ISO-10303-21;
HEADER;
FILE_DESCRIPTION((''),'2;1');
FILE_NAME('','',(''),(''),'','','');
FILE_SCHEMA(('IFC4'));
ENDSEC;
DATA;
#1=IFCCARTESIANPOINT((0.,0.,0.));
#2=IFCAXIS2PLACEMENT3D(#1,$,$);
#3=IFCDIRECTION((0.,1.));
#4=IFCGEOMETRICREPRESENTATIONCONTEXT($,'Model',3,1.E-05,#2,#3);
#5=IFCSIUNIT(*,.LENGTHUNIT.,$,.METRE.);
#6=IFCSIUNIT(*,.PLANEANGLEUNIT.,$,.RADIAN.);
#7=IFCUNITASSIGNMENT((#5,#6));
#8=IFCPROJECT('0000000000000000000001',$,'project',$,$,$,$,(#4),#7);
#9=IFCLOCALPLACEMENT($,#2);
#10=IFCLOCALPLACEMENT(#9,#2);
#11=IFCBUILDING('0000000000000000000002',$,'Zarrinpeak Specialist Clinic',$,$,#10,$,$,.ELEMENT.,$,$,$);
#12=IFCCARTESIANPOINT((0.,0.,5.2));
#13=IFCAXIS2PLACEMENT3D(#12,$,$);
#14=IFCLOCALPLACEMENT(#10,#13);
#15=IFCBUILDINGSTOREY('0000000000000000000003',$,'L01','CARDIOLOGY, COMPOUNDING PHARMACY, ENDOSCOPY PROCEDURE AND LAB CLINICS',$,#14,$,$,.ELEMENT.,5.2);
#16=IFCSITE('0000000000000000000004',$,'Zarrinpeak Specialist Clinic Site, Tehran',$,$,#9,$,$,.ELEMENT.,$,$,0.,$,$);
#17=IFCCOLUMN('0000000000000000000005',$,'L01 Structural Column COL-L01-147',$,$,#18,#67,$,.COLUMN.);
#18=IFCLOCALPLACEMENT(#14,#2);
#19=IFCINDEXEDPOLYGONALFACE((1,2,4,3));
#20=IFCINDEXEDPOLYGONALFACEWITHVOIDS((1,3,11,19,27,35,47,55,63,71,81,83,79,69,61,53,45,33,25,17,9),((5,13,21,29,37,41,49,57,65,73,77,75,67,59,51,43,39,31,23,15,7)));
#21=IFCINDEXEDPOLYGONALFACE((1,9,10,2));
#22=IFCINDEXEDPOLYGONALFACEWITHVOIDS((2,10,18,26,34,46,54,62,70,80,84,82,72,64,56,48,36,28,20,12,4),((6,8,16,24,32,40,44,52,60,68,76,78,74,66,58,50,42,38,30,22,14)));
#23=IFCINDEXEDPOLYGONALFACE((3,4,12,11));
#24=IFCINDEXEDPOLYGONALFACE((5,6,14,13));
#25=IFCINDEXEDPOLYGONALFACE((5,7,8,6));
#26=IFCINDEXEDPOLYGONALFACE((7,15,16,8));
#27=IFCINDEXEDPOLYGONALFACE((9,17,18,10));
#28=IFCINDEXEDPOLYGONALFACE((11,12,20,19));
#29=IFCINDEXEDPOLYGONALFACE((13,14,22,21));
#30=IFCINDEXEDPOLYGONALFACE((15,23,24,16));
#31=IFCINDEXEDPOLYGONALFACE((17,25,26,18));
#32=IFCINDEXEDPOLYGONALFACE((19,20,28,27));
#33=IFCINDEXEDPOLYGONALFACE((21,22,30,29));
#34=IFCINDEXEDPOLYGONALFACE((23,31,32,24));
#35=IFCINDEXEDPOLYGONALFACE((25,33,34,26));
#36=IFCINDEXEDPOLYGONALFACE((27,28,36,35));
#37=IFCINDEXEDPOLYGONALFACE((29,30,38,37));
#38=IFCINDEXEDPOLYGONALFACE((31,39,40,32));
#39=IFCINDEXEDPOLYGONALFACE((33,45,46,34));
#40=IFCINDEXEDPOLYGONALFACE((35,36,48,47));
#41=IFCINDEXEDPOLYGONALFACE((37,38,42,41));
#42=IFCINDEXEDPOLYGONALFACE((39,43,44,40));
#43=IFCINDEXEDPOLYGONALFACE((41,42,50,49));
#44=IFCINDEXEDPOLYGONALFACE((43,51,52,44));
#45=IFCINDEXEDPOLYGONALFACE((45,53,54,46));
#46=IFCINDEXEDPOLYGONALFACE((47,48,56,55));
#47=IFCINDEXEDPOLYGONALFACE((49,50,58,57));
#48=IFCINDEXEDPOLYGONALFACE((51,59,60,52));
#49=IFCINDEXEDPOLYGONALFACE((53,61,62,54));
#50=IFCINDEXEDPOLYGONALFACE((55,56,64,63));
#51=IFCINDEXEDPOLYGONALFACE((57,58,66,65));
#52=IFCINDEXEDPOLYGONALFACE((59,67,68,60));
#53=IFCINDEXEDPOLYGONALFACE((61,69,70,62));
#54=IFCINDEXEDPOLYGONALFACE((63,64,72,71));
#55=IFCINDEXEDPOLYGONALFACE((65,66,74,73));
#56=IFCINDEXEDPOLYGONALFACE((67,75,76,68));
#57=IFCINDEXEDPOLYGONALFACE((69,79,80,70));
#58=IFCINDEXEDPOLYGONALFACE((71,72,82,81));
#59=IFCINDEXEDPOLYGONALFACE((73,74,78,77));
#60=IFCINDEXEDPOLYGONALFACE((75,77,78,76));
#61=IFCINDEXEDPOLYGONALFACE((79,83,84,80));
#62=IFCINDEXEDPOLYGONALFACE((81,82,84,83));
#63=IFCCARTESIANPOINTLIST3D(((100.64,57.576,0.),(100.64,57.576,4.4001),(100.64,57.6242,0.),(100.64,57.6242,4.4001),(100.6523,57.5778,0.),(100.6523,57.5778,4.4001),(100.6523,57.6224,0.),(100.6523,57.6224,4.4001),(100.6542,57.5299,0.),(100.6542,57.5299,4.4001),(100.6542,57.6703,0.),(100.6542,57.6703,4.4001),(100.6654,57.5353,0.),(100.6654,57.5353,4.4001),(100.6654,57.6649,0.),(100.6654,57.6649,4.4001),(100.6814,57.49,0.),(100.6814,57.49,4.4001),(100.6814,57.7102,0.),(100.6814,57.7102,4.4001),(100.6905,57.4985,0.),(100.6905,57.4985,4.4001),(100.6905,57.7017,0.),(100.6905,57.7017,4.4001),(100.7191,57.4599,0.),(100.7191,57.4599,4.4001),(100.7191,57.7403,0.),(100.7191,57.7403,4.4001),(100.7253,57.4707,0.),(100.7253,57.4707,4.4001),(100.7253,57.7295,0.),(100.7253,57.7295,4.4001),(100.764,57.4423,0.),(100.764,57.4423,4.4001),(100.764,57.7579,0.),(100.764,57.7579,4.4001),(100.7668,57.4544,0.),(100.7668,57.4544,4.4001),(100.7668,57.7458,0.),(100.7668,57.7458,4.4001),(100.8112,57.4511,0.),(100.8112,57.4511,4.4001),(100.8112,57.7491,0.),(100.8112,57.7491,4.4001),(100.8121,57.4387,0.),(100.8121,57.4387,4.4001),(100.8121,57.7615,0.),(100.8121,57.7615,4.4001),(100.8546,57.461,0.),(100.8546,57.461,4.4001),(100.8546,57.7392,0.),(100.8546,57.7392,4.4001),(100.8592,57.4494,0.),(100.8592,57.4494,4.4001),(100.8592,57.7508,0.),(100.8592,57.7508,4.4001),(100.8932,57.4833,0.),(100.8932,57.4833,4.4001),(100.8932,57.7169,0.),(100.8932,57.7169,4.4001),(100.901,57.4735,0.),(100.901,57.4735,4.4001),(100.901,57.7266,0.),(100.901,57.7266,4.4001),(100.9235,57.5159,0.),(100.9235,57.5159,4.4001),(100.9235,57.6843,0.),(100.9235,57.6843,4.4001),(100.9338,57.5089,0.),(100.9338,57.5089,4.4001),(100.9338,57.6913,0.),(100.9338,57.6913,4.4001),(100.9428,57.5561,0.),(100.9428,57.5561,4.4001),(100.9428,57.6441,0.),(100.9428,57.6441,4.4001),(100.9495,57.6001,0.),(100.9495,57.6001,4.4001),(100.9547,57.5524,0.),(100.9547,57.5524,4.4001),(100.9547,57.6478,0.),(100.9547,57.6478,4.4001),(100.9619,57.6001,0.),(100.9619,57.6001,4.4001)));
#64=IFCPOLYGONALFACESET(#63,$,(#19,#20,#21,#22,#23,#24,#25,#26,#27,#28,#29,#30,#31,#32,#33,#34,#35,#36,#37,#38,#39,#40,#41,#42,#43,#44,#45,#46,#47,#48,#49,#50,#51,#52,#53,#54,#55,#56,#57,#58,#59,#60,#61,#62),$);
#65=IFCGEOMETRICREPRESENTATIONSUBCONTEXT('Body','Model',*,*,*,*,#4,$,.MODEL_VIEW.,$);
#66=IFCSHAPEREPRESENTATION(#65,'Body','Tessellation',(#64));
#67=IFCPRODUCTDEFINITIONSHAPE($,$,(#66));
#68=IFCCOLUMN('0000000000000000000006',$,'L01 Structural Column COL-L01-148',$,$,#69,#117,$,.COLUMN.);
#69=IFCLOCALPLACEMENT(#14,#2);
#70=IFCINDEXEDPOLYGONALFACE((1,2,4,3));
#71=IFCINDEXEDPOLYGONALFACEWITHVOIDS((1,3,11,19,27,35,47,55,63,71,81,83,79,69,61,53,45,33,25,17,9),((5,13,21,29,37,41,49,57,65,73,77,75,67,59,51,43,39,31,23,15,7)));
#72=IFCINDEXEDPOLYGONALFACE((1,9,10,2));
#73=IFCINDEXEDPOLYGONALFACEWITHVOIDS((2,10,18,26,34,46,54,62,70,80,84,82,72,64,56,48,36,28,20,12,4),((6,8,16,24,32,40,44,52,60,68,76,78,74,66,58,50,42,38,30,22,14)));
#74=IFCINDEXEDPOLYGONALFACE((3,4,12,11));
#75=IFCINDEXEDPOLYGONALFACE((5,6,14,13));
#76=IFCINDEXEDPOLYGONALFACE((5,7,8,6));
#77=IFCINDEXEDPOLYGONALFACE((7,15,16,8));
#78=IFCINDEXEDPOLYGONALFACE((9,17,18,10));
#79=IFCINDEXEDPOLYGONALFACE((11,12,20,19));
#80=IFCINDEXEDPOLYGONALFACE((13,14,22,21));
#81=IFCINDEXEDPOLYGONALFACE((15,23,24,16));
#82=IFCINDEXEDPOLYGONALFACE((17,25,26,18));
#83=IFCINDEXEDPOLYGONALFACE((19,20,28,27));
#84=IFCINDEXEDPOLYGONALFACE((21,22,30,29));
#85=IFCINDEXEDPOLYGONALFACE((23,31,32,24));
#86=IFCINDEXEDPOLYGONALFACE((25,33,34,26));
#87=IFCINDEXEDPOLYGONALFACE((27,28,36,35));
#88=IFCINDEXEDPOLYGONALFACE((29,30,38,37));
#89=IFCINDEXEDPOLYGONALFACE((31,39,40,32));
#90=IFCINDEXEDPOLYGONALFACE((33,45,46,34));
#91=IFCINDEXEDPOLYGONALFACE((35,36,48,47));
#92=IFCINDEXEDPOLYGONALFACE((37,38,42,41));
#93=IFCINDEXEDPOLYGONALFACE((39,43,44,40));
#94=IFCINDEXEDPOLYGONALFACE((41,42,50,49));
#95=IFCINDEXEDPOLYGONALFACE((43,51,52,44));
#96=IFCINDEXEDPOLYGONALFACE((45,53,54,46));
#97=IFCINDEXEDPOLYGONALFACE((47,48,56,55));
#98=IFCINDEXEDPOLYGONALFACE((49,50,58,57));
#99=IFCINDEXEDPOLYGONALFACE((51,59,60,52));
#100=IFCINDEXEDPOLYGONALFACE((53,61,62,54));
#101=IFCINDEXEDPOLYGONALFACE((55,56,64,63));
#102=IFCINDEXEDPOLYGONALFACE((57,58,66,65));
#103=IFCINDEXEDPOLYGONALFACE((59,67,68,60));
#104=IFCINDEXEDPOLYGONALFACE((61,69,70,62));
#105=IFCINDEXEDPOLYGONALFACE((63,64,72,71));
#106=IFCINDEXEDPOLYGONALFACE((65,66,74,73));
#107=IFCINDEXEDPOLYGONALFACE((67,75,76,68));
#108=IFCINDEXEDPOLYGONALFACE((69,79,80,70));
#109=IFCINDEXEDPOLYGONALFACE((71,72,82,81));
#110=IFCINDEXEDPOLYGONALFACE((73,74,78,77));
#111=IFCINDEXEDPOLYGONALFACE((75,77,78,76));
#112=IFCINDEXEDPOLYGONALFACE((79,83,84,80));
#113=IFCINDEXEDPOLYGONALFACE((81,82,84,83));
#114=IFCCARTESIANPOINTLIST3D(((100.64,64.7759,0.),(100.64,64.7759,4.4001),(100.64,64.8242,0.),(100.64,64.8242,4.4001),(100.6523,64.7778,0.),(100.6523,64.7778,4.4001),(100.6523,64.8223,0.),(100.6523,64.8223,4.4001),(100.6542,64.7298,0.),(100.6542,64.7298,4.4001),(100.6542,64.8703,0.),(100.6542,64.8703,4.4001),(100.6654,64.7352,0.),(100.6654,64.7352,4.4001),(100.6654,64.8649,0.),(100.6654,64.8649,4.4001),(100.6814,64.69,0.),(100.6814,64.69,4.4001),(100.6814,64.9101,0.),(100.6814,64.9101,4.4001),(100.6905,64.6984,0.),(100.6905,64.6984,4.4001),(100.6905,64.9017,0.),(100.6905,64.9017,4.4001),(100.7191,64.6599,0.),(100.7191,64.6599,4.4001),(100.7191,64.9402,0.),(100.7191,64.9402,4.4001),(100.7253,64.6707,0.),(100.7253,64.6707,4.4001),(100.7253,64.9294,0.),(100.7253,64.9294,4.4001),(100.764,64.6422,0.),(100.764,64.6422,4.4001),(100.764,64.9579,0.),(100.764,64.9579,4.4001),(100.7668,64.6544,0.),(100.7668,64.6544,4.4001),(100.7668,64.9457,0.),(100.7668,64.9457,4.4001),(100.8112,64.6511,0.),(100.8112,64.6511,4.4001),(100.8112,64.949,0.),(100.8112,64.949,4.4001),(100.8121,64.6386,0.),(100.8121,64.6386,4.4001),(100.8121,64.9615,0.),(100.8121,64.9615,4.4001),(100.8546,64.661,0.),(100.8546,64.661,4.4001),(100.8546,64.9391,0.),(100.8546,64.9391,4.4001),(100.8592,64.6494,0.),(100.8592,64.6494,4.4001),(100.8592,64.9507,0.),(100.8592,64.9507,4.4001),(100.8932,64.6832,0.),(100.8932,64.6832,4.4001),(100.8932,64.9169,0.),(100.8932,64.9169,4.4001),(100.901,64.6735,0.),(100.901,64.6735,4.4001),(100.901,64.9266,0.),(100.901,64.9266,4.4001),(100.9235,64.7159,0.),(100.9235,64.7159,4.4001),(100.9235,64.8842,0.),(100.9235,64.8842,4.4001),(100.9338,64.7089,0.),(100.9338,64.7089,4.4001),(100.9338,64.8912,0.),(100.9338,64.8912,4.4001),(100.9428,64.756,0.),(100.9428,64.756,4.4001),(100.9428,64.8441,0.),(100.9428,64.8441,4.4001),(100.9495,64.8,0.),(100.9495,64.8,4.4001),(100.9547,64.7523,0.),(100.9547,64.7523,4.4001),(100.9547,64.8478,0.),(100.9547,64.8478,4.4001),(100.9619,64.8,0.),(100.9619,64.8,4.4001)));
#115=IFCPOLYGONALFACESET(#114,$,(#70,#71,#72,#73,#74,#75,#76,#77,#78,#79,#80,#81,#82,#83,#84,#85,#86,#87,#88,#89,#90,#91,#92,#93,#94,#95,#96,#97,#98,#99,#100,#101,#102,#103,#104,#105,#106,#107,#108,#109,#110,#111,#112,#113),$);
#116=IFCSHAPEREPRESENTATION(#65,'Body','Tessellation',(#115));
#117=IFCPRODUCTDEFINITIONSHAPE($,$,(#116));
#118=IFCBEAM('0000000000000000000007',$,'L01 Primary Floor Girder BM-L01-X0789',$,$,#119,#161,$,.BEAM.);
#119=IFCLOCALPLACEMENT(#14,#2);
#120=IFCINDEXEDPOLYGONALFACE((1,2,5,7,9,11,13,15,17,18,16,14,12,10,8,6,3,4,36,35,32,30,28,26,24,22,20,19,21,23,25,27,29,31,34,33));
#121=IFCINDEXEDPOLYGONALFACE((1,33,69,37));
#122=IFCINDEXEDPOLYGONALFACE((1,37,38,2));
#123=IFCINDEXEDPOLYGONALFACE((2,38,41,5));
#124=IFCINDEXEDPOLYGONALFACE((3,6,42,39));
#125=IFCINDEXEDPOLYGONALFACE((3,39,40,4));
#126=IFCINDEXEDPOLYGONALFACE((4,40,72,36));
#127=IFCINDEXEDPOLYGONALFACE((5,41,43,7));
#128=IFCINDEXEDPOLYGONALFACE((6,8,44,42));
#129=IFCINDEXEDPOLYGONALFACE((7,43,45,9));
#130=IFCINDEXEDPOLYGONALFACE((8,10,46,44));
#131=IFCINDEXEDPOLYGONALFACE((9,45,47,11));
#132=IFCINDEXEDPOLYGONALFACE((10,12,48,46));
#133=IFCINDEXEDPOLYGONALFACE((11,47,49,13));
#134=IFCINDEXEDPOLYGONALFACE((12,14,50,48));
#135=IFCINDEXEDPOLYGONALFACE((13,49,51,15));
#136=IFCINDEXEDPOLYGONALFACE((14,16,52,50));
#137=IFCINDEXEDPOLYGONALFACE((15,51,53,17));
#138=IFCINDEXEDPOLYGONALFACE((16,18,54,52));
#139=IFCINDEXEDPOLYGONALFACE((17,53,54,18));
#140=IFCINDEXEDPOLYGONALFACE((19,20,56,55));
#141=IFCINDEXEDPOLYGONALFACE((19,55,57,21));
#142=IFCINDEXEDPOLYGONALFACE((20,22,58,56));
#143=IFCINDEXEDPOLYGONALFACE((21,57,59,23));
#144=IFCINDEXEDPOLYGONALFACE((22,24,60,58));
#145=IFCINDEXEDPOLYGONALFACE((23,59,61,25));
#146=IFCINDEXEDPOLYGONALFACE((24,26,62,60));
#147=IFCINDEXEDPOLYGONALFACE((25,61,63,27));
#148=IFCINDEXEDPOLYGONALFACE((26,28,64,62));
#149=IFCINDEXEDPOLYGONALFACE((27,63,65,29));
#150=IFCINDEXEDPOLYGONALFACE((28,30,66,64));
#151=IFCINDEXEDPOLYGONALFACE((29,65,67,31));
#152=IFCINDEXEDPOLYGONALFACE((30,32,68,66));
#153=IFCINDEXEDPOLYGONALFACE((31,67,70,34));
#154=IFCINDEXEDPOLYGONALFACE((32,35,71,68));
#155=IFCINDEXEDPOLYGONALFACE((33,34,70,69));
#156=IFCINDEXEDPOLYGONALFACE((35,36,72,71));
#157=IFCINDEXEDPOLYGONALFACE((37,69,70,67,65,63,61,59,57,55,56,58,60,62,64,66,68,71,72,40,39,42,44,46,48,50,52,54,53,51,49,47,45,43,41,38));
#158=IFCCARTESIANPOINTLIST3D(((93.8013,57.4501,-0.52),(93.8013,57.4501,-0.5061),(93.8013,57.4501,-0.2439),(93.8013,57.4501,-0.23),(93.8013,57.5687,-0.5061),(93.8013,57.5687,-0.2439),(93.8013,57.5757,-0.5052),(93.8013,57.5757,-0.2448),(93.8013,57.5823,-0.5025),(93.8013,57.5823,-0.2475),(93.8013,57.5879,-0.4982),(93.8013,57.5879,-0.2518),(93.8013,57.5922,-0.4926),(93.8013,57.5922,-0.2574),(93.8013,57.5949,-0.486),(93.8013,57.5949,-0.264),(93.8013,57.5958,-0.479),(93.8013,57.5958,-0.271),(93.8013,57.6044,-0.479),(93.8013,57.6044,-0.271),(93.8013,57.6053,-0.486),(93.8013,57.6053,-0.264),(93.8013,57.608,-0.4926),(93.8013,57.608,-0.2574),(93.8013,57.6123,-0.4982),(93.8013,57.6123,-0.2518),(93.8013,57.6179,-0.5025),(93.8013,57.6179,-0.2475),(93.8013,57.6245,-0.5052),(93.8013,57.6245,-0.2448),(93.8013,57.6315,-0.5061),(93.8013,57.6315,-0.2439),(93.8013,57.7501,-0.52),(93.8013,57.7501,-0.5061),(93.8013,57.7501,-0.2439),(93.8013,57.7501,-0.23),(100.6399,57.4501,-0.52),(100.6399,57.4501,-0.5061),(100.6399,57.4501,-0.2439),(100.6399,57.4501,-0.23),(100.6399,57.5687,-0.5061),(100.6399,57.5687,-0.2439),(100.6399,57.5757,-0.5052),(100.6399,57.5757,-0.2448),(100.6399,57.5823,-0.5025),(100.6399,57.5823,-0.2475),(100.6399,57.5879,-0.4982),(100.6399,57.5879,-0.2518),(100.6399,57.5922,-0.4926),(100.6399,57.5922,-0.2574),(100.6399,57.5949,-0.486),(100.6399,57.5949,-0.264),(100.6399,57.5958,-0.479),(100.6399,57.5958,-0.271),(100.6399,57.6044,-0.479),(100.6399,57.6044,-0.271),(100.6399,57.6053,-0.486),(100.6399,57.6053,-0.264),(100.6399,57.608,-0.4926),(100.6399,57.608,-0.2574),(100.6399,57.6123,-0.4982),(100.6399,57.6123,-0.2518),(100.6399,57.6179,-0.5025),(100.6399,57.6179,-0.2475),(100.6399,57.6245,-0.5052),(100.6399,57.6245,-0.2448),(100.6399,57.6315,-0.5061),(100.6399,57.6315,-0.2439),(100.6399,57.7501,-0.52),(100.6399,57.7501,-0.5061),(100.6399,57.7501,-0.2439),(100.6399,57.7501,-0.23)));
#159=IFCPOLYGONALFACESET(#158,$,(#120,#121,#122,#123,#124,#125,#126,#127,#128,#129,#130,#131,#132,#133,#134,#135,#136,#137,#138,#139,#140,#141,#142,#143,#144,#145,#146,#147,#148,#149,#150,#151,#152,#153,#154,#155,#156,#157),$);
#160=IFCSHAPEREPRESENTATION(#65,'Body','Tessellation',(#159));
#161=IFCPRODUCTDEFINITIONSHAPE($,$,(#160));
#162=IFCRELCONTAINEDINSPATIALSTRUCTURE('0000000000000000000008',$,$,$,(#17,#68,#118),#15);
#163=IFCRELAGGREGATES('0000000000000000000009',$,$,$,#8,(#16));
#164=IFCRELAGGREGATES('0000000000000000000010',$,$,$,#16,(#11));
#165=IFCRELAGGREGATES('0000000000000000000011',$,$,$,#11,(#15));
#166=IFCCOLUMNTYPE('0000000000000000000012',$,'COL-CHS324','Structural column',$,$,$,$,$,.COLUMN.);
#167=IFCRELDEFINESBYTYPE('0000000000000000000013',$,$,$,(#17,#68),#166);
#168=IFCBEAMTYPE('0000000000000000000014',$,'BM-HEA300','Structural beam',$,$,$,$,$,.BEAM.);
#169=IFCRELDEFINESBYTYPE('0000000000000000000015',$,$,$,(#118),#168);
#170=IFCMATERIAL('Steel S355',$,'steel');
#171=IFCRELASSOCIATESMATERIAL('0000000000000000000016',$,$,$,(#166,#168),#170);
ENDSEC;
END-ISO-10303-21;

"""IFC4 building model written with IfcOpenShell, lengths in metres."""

from ifc_helpers import new_model, si_unit, direction, frame, origin, origin_2d, place, context, subcontext, project, spatial, hollow_circle, i_section, extrude, material, material_profile, profile_set, type_object, element, save


model = new_model("IFC4")

# Units and contexts
model_context = context("Model", 3, precision=1e-05, world=origin(), true_north=direction((0.0, 1.0)))
body_context = subcontext(model_context, "Body", "Model", "MODEL_VIEW")
ifc_project = project(units=[si_unit("LENGTHUNIT", "METRE"), si_unit("PLANEANGLEUNIT", "RADIAN")], contexts=[model_context])

# Site, building, storey
site_placement = place(None, origin())
site = spatial("IfcSite", under=ifc_project, at=site_placement, Name="Zarrinpeak Specialist Clinic Site, Tehran", CompositionType="ELEMENT", RefElevation=0.0)
building_placement = place(site_placement, origin())
building = spatial("IfcBuilding", under=site, at=building_placement, Name="Zarrinpeak Specialist Clinic", CompositionType="ELEMENT")
storey_placement = place(building_placement, frame((0.0, 0.0, 5.2)))
storey = spatial("IfcBuildingStorey", under=building, at=storey_placement, Name="L01", Description="CARDIOLOGY, COMPOUNDING PHARMACY, ENDOSCOPY PROCEDURE AND LAB CLINICS", CompositionType="ELEMENT", Elevation=5.2)

# Columns
ifc_material_1 = material(Name="Steel S355", Category="steel")
ifc_material_profile_1 = material_profile(ifc_material_1, hollow_circle(Radius=0.1619, WallThickness=0.0125, at=origin_2d()), Name="CHS 323.9x12.5")
ifc_profile_set_1 = profile_set([ifc_material_profile_1], Name="Steel S355")
column_type = type_object("IfcColumnType", Name="COL-CHS324", Description="Structural column", PredefinedType="COLUMN", material=ifc_profile_set_1)
for number, where, z_axis, x_axis, name in (
    (1, (100.8, 57.6001, 0.0), (0.0, 0.0, 1.0), (1.0, 0.0, 0.0), "L01 Structural Column COL-L01-147"),
    (2, (100.8, 64.8, 0.0), (0.0, 0.0, 1.0), (1.0, 0.0, 0.0), "L01 Structural Column COL-L01-148"),
):
    element("IfcColumn", number, at=place(storey_placement, frame(where, z_axis=z_axis, x_axis=x_axis)), inside=storey, type_object=column_type, Name=name, PredefinedType="COLUMN", context=body_context, shape_type="SweptSolid", body=[
        extrude(hollow_circle(Radius=0.1619, WallThickness=0.0125, at=origin_2d()), origin(), (0.0, 0.0, 1.0), 4.4001),
    ])

# Beam
ifc_material_profile_2 = material_profile(ifc_material_1, i_section(OverallWidth=0.3, OverallDepth=0.29, WebThickness=0.0085, FlangeThickness=0.0139, FilletRadius=0.0271, at=origin_2d()), Name="HEA 300")
ifc_profile_set_2 = profile_set([ifc_material_profile_2], Name="Steel S355")
beam_type_1 = type_object("IfcBeamType", Name="BM-HEA300", Description="Structural beam", PredefinedType="BEAM", material=ifc_profile_set_2)
beam_1_placement = place(storey_placement, frame((93.8013, 57.6001, -0.375), z_axis=(1.0, 0.0, 0.0), x_axis=(0.0, 1.0, 0.0)))
element("IfcBeam", 3, at=beam_1_placement, inside=storey, type_object=beam_type_1, Name="L01 Primary Floor Girder BM-L01-X0789", PredefinedType="BEAM", context=body_context, shape_type="SweptSolid", body=[
    extrude(i_section(OverallWidth=0.3, OverallDepth=0.29, WebThickness=0.0085, FlangeThickness=0.0139, FilletRadius=0.0271, at=origin_2d()), origin(), (0.0, 0.0, 1.0), 6.8386),
])

save(model, "model.ifc")
